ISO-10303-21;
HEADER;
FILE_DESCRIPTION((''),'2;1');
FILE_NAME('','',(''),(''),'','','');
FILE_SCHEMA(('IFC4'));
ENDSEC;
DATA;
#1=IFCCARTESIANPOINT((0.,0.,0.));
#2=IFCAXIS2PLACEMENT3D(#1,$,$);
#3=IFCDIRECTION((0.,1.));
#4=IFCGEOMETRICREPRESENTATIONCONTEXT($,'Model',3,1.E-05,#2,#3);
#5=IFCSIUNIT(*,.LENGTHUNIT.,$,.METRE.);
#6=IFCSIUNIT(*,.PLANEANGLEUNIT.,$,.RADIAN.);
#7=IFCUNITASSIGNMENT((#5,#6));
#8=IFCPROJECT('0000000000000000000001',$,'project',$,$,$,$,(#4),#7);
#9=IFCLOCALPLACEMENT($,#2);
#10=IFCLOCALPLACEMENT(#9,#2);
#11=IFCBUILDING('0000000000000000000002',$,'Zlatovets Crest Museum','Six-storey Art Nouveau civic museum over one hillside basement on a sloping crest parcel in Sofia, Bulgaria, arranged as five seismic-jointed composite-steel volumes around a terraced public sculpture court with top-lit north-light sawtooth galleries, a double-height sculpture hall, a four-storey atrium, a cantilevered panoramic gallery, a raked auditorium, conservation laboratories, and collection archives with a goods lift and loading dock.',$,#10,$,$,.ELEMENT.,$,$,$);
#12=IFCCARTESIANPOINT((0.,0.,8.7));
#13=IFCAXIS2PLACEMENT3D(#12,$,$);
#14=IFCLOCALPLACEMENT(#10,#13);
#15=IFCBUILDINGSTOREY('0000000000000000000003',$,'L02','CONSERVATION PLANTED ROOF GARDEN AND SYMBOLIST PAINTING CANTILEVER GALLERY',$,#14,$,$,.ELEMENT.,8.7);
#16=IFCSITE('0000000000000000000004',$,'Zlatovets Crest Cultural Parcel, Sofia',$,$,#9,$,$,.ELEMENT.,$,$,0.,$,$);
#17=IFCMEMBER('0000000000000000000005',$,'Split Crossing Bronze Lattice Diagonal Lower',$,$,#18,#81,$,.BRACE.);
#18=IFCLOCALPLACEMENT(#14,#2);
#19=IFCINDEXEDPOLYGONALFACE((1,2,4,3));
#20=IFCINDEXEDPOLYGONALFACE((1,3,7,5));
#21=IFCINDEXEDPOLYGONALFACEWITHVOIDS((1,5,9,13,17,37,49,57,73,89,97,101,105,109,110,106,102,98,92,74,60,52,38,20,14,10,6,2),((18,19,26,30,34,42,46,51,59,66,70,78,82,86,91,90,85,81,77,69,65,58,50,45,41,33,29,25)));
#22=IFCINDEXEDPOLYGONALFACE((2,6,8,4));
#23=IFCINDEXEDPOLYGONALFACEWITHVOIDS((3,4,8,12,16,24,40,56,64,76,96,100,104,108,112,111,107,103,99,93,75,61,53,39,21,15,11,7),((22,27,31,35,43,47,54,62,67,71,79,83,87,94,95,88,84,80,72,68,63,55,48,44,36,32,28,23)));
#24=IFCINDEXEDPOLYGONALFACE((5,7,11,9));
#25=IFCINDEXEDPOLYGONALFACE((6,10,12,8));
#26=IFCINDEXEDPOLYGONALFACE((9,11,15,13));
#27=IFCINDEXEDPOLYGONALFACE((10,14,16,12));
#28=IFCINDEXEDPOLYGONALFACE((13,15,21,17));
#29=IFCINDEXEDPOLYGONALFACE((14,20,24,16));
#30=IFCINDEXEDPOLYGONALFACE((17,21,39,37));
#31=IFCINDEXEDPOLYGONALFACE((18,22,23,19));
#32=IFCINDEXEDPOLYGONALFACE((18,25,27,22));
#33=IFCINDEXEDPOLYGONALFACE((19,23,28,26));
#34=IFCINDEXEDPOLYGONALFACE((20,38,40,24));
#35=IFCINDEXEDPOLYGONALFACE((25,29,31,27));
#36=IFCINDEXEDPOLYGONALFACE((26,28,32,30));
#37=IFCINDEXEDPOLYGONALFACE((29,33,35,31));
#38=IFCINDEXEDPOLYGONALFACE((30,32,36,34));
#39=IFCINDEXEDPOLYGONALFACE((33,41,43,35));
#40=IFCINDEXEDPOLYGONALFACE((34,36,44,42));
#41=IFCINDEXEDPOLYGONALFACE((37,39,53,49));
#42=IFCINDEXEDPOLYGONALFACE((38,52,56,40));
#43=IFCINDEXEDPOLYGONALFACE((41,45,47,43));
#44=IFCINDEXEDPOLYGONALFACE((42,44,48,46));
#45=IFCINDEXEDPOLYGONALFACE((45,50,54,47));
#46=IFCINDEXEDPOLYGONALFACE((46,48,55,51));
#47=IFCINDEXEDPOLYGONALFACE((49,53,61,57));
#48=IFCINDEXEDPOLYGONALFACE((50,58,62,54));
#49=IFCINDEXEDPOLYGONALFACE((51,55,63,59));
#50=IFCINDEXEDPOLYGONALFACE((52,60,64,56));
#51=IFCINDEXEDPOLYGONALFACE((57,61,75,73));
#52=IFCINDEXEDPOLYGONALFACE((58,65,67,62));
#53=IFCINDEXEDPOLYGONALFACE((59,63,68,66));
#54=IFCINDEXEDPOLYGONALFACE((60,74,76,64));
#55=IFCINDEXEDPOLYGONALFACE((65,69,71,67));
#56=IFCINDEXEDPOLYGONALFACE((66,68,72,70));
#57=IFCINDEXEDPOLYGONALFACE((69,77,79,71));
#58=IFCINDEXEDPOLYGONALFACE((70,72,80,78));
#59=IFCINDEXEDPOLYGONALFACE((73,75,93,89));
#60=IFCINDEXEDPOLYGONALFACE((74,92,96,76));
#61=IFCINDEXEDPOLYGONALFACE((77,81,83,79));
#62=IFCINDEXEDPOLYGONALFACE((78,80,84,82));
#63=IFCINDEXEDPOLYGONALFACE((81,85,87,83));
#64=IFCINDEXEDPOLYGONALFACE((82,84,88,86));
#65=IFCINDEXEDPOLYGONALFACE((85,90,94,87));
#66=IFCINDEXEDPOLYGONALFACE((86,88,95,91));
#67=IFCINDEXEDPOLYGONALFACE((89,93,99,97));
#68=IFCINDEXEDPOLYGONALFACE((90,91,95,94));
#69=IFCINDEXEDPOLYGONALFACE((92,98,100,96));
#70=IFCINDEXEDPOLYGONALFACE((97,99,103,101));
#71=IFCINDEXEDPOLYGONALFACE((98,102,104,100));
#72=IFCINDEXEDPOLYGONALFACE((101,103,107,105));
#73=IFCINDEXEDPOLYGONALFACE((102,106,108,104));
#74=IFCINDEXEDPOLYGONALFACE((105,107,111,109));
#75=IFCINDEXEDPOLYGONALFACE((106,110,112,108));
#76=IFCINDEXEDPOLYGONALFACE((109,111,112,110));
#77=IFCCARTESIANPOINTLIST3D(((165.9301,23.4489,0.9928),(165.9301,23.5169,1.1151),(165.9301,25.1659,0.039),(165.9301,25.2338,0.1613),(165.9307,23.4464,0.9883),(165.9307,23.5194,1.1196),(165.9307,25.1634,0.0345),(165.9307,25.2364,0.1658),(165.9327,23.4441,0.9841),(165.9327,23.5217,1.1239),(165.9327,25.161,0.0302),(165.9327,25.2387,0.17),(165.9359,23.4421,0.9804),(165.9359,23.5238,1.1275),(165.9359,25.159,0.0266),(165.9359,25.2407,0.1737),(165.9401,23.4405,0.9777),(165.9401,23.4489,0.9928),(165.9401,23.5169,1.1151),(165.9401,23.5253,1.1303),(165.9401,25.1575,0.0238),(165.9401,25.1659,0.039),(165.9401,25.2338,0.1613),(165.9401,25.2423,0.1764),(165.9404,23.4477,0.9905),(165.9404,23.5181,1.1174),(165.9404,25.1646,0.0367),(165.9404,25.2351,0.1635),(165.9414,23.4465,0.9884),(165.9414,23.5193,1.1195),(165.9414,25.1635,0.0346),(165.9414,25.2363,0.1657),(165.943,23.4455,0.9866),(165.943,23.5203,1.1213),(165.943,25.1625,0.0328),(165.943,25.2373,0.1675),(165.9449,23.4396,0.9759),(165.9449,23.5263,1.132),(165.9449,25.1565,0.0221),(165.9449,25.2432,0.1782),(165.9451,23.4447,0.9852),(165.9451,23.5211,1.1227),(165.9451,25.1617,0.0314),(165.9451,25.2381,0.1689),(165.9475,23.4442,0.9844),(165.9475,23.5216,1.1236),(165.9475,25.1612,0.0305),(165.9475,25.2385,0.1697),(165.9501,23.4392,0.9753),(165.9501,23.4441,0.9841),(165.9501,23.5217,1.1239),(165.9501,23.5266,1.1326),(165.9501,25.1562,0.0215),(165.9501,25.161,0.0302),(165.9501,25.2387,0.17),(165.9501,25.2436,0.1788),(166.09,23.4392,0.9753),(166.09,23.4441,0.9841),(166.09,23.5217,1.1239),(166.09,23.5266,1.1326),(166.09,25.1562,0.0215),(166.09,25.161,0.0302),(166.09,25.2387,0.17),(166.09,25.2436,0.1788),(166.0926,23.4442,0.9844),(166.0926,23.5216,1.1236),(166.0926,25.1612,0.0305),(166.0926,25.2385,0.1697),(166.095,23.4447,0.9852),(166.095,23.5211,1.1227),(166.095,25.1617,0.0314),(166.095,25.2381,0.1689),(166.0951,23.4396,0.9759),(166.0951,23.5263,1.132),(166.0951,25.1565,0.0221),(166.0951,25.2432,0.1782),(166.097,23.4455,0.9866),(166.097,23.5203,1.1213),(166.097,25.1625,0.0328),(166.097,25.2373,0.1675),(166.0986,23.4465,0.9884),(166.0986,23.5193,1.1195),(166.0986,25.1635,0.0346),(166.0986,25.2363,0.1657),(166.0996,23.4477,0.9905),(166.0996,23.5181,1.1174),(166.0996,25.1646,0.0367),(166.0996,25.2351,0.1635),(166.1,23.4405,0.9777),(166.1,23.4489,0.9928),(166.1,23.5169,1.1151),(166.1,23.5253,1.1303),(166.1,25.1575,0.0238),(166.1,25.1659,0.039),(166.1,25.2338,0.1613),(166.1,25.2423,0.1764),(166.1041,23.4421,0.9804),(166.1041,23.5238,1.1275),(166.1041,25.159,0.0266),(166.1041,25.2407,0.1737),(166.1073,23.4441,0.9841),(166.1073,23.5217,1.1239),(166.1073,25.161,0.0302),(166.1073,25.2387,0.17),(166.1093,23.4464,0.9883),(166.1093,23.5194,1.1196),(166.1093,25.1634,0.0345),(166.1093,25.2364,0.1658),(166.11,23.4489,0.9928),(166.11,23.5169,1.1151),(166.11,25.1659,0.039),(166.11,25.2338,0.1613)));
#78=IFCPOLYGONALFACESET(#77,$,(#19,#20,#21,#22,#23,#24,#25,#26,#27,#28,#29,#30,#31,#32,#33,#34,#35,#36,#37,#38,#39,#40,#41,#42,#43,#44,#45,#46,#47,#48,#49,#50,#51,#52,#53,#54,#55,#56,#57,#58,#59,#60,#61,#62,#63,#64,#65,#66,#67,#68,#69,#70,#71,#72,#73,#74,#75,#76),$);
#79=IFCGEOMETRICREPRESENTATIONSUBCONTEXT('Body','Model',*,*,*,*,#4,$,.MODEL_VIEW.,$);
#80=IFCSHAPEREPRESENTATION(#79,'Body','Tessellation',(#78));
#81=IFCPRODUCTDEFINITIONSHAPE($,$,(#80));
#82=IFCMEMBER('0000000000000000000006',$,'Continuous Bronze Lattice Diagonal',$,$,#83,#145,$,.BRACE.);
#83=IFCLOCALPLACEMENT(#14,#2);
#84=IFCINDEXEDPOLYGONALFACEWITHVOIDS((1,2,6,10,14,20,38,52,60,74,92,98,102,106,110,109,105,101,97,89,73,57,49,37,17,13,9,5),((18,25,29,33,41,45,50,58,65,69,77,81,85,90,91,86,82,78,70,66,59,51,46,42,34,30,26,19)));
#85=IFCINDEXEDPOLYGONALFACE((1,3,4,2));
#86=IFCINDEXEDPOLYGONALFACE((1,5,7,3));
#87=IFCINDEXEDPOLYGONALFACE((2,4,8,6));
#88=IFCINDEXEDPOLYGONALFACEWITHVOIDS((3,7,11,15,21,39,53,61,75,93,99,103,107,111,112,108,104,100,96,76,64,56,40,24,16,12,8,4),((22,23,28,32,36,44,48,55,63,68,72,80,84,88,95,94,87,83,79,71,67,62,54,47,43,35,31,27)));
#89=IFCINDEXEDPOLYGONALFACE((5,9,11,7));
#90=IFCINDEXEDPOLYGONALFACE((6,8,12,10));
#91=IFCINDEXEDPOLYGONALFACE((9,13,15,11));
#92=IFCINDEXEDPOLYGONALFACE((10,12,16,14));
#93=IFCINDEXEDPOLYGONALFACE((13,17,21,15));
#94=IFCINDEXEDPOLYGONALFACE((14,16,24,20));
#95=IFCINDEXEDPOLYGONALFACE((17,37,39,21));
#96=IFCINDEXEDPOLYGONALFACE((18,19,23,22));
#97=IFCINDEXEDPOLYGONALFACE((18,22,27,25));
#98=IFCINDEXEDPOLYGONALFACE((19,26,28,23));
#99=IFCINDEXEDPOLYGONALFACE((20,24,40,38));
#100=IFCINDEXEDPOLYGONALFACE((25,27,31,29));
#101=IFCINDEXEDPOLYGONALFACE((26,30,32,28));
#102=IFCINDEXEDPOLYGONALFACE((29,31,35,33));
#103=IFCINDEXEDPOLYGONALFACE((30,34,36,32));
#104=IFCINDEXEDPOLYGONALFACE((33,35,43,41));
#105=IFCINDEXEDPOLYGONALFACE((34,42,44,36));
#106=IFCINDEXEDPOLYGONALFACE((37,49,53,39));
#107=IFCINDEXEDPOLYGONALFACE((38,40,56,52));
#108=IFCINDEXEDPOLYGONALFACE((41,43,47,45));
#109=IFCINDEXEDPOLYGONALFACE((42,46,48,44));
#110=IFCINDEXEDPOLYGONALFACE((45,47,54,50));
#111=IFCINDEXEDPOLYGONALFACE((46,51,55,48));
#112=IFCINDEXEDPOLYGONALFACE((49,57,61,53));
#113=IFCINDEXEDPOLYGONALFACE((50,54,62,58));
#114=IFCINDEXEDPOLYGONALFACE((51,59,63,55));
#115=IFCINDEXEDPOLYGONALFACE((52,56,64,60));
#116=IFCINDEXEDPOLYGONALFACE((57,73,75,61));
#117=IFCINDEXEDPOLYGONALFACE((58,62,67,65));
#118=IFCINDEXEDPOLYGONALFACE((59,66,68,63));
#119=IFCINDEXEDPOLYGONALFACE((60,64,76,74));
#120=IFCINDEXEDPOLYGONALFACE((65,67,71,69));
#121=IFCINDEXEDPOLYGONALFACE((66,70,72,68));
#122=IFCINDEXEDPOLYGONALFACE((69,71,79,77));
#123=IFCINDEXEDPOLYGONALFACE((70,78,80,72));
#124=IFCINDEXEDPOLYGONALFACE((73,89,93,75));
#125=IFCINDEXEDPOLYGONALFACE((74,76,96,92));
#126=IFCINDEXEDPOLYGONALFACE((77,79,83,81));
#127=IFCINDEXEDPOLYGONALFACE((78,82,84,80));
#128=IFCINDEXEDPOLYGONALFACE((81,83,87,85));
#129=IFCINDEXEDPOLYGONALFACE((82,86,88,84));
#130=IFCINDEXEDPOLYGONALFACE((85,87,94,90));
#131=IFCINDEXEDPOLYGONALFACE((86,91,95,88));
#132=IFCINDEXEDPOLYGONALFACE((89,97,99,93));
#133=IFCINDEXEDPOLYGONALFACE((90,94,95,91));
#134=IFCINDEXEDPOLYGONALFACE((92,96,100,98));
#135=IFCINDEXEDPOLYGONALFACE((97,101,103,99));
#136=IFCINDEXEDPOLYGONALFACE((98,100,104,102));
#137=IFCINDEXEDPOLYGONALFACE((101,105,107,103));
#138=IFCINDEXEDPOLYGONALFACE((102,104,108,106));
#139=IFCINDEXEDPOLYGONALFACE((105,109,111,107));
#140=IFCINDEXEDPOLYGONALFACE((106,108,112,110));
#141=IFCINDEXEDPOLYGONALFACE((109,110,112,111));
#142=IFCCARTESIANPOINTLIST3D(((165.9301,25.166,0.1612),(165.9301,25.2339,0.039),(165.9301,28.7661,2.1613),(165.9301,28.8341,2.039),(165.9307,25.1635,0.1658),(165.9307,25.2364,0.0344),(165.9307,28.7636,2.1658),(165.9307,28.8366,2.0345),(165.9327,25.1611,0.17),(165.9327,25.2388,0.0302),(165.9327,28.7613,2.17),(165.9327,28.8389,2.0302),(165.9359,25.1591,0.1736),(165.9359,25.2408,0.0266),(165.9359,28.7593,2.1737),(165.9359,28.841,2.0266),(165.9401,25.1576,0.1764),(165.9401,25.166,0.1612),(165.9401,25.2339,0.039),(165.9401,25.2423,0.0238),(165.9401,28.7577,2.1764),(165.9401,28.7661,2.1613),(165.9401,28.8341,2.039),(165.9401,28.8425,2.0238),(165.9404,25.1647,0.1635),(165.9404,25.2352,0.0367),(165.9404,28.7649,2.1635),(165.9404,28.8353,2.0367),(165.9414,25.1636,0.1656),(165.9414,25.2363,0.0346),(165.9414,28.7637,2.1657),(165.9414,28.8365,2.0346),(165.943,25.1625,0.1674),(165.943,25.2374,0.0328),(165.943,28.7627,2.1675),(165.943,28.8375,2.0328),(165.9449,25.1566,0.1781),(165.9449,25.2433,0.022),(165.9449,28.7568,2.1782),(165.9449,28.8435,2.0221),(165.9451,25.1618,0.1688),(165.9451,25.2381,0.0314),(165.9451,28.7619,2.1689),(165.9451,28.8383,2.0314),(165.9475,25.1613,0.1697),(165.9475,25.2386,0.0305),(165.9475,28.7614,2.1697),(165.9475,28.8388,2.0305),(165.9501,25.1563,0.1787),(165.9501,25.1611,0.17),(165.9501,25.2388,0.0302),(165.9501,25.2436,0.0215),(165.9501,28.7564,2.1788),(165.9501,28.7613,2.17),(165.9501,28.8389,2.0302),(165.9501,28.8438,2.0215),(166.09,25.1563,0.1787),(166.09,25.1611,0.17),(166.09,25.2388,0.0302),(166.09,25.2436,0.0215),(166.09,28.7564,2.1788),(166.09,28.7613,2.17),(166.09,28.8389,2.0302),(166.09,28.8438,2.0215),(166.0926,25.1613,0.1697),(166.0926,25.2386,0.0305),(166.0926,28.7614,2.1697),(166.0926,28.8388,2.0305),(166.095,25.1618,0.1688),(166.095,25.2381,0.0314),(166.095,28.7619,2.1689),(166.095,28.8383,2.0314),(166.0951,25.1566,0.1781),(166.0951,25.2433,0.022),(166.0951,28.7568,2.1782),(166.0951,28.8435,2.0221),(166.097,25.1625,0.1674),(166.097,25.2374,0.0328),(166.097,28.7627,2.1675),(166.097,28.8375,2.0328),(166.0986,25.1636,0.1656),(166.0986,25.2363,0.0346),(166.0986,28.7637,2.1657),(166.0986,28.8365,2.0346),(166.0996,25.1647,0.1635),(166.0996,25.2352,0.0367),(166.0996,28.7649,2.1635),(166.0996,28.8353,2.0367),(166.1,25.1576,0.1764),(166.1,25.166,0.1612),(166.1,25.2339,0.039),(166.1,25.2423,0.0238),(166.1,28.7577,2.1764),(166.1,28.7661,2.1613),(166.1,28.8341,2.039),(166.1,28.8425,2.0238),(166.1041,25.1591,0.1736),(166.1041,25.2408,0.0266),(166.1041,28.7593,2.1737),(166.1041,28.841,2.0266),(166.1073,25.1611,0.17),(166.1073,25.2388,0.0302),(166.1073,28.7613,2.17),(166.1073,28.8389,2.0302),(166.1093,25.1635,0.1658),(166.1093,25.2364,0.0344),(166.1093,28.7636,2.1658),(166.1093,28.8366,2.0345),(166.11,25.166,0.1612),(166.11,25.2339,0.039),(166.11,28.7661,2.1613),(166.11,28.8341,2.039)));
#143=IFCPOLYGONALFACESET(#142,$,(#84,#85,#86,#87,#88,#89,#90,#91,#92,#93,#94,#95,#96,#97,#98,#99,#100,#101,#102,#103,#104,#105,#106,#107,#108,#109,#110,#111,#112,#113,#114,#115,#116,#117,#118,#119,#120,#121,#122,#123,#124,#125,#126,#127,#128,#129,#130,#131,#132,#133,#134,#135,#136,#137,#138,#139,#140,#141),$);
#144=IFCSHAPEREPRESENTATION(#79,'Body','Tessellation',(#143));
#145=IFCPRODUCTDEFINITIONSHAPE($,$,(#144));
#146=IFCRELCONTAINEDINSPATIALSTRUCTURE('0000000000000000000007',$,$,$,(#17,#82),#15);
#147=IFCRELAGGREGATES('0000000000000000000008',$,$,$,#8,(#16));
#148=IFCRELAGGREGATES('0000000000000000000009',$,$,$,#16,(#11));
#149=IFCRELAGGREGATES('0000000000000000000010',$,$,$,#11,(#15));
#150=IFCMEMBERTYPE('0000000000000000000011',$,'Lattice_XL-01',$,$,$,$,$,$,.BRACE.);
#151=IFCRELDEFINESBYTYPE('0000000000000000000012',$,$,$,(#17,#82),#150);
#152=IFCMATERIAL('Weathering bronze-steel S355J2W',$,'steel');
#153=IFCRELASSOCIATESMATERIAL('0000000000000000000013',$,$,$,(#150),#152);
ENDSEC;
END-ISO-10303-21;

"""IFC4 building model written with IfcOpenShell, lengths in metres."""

from ifc_helpers import new_model, si_unit, direction, frame, origin, origin_2d, place, context, subcontext, project, spatial, hollow_rectangle, extrude, material, material_profile, profile_set, type_object, element, save


model = new_model("IFC4")

# Units and contexts
model_context = context("Model", 3, precision=1e-05, world=origin(), true_north=direction((0.0, 1.0)))
body_context = subcontext(model_context, "Body", "Model", "MODEL_VIEW")
ifc_project = project(units=[si_unit("LENGTHUNIT", "METRE"), si_unit("PLANEANGLEUNIT", "RADIAN")], contexts=[model_context])

# Site, building, storey
site_placement = place(None, origin())
site = spatial("IfcSite", under=ifc_project, at=site_placement, Name="Zlatovets Crest Cultural Parcel, Sofia", CompositionType="ELEMENT", RefElevation=0.0)
building_placement = place(site_placement, origin())
building = spatial("IfcBuilding", under=site, at=building_placement, Name="Zlatovets Crest Museum", Description="Six-storey Art Nouveau civic museum over one hillside basement on a sloping crest parcel in Sofia, Bulgaria, arranged as five seismic-jointed composite-steel volumes around a terraced public sculpture court with top-lit north-light sawtooth galleries, a double-height sculpture hall, a four-storey atrium, a cantilevered panoramic gallery, a raked auditorium, conservation laboratories, and collection archives with a goods lift and loading dock.", CompositionType="ELEMENT")
storey_placement = place(building_placement, frame((0.0, 0.0, 8.7)))
storey = spatial("IfcBuildingStorey", under=building, at=storey_placement, Name="L02", Description="CONSERVATION PLANTED ROOF GARDEN AND SYMBOLIST PAINTING CANTILEVER GALLERY", CompositionType="ELEMENT", Elevation=8.7)

# Members
ifc_material_1 = material(Name="Weathering bronze-steel S355J2W", Category="steel")
ifc_material_profile_1 = material_profile(ifc_material_1, hollow_rectangle(XDim=0.1799, YDim=0.1799, WallThickness=0.01, InnerFilletRadius=0.01, OuterFilletRadius=0.02, at=origin_2d()), Name="SHS 180x180x10.0")
ifc_profile_set_1 = profile_set([ifc_material_profile_1], Name="Weathering bronze-steel S355J2W")
member_type_1 = type_object("IfcMemberType", Name="Lattice_XL-01", PredefinedType="BRACE", material=ifc_profile_set_1)
member_1_placement = place(storey_placement, frame((166.02, 23.4829, 1.054), z_axis=(0.0, 0.874169, -0.485622), x_axis=(-1.0, 0.0, 0.0)))
element("IfcMember", 1, at=member_1_placement, inside=storey, type_object=member_type_1, Name="Split Crossing Bronze Lattice Diagonal Lower", PredefinedType="BRACE", context=body_context, shape_type="SweptSolid", body=[
    extrude(hollow_rectangle(XDim=0.1799, YDim=0.1799, WallThickness=0.01, InnerFilletRadius=0.01, OuterFilletRadius=0.02, at=origin_2d()), origin(), (0.0, 0.0, 1.0), 1.9641),
])
member_2_placement = place(storey_placement, frame((166.02, 25.2, 0.1001), z_axis=(0.0, 0.874163, 0.485633), x_axis=(-1.0, 0.0, 0.0)))
element("IfcMember", 2, at=member_2_placement, inside=storey, type_object=member_type_1, Name="Continuous Bronze Lattice Diagonal", PredefinedType="BRACE", context=body_context, shape_type="SweptSolid", body=[
    extrude(hollow_rectangle(XDim=0.1799, YDim=0.1799, WallThickness=0.01, InnerFilletRadius=0.01, OuterFilletRadius=0.02, at=origin_2d()), origin(), (0.0, 0.0, 1.0), 4.1184),
])

save(model, "model.ifc")
